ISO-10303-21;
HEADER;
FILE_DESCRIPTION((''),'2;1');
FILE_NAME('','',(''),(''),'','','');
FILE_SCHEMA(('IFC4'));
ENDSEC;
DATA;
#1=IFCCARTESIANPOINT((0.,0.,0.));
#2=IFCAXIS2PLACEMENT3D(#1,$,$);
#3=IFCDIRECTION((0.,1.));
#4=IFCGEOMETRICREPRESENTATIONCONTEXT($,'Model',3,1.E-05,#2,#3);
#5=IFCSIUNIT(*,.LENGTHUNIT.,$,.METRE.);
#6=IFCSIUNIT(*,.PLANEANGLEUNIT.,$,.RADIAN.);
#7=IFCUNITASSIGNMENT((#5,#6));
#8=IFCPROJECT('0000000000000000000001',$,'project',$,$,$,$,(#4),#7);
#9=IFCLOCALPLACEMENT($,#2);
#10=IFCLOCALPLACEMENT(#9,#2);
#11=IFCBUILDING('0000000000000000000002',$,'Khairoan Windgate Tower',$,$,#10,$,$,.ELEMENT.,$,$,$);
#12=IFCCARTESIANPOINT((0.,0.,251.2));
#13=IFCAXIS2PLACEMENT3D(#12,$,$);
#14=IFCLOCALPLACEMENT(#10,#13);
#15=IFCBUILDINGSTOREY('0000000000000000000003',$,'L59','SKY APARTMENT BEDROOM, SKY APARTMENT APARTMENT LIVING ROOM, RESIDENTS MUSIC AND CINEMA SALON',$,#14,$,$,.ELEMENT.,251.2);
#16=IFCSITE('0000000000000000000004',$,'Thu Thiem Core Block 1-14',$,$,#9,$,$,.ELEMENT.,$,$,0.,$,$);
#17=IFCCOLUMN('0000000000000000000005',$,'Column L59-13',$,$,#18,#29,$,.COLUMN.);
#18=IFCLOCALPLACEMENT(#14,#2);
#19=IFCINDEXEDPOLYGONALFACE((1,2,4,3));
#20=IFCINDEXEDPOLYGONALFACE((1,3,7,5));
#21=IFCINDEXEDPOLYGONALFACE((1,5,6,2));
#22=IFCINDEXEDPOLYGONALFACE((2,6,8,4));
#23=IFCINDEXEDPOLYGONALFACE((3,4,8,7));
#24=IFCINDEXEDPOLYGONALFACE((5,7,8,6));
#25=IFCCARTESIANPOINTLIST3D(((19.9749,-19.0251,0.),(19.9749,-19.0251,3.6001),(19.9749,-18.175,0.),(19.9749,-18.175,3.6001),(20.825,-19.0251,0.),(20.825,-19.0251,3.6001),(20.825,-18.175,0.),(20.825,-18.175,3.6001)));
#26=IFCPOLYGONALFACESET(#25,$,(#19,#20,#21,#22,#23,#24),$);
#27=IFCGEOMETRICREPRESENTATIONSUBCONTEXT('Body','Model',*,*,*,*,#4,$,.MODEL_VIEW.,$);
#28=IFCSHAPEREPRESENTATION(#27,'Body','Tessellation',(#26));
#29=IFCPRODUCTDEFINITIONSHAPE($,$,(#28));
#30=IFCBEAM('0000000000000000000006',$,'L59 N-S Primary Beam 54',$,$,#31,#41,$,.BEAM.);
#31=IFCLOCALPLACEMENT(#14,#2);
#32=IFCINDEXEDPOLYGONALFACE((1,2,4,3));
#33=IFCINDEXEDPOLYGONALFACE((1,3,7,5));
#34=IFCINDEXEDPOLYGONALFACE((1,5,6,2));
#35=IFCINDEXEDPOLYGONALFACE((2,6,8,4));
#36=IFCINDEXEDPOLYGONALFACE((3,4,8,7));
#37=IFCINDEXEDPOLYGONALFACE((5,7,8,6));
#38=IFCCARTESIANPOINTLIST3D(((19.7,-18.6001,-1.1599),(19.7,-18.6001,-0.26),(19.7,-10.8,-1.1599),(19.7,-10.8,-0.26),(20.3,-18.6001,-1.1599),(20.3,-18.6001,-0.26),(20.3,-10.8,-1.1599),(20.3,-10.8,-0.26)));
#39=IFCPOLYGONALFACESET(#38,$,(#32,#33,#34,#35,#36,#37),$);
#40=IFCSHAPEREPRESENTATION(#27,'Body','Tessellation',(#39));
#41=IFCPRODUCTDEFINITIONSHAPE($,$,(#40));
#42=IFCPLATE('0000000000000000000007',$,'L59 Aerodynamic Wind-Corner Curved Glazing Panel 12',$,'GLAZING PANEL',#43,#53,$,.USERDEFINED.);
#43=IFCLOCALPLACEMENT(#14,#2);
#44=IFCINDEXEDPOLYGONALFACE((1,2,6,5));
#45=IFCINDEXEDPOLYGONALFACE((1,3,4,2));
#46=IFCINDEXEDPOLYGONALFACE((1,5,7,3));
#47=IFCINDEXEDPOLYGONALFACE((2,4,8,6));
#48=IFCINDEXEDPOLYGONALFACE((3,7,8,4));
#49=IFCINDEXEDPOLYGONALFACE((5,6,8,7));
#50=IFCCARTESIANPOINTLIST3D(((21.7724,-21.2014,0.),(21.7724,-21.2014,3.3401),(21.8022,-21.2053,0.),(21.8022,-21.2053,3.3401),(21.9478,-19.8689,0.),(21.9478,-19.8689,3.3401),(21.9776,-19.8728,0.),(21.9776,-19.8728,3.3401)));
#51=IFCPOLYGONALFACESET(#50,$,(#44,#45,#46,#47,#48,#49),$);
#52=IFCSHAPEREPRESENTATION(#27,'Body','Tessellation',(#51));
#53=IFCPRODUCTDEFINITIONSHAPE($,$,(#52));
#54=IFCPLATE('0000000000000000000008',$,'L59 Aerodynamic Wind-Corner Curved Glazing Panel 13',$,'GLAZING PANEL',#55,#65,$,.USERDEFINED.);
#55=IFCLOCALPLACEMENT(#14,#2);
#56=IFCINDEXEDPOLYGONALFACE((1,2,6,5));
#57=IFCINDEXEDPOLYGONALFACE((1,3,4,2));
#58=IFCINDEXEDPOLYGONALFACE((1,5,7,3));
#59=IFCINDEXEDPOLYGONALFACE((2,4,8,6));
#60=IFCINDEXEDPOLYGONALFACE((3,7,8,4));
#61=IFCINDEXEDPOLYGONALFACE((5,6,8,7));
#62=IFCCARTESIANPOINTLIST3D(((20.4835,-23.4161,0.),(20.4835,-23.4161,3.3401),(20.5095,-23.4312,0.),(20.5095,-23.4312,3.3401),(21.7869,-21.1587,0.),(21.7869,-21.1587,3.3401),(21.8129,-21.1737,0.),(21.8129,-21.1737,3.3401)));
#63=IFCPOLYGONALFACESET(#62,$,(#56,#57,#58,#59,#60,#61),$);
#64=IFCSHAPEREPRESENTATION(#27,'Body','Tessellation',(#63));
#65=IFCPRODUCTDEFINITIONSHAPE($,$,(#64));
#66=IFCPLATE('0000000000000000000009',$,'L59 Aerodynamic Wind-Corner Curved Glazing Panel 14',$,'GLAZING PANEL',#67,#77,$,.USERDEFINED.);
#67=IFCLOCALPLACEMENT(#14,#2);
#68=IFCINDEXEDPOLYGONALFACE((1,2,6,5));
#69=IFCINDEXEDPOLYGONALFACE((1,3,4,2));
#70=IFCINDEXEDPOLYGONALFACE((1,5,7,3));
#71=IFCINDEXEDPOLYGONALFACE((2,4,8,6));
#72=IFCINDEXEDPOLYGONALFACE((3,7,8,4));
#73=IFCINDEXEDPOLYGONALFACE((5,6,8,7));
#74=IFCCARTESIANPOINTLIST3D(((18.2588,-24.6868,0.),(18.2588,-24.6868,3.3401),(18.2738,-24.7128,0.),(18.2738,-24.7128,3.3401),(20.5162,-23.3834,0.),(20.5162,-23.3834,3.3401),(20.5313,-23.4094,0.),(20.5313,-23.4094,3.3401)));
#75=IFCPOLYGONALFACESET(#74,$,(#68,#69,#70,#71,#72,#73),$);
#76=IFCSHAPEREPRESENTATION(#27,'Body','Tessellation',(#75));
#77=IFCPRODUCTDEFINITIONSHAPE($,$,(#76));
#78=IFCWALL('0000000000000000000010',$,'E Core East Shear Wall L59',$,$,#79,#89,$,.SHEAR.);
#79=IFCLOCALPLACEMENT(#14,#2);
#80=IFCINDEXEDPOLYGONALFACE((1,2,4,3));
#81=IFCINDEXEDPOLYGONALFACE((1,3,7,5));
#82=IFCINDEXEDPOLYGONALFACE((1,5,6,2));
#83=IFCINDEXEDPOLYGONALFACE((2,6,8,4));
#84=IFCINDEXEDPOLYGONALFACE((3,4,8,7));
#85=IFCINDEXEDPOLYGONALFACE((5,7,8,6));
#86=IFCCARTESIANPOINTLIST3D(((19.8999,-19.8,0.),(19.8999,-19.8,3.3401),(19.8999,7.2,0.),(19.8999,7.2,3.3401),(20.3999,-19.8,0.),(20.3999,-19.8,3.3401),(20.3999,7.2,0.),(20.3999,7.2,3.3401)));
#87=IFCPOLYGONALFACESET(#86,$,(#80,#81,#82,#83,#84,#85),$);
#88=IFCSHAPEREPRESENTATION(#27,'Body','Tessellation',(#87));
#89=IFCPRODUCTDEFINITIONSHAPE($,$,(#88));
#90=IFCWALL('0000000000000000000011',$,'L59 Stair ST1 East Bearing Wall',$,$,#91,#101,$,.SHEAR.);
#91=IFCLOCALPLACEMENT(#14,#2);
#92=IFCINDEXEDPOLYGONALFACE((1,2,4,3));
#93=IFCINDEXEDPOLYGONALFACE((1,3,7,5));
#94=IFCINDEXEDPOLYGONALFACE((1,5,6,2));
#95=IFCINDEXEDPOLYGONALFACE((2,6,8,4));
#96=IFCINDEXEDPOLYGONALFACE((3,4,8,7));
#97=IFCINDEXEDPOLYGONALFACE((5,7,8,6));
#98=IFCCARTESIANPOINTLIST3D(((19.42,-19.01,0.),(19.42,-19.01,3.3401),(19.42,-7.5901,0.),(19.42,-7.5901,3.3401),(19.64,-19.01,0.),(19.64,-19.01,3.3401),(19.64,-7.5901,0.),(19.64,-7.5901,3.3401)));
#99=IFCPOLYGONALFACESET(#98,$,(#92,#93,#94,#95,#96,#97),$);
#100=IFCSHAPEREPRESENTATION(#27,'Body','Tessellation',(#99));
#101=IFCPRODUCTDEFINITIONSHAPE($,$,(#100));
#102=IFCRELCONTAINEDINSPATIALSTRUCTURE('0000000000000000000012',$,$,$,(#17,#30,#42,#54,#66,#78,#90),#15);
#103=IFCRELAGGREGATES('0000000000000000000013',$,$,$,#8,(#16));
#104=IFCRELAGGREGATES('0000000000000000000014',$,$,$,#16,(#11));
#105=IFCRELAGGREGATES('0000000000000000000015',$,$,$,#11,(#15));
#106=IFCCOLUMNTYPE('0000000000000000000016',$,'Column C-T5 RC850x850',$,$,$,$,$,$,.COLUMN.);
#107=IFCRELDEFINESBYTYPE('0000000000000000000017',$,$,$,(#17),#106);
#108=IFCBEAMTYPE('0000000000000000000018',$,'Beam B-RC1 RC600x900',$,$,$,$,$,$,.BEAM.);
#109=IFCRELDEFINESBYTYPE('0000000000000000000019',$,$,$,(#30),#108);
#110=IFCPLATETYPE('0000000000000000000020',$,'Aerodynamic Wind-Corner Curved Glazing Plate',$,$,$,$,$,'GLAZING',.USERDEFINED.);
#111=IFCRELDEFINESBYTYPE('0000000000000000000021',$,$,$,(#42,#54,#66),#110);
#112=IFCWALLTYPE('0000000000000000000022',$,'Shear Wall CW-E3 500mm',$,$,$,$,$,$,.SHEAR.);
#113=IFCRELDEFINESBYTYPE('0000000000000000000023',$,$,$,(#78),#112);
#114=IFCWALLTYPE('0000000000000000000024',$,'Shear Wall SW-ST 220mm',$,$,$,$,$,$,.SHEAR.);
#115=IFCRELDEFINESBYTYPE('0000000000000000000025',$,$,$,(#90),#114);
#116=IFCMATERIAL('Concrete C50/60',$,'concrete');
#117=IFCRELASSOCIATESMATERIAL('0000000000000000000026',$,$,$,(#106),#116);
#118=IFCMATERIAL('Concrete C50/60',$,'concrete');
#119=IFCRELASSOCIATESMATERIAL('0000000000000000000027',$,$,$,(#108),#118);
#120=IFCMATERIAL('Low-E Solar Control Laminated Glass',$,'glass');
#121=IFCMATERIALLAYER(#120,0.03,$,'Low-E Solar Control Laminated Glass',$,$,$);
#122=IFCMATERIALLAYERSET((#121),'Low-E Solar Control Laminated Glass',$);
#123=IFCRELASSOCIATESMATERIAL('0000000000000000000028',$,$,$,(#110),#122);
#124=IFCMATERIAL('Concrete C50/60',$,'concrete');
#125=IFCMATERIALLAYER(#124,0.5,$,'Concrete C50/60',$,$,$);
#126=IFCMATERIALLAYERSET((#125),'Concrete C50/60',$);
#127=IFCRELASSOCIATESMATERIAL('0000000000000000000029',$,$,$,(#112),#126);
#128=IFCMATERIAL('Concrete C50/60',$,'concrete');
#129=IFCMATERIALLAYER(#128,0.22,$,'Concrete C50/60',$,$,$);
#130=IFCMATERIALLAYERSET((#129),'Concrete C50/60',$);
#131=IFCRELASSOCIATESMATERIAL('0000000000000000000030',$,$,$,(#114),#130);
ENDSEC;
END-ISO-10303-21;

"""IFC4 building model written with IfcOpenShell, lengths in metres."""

from ifc_helpers import new_model, si_unit, direction, frame, frame_2d, origin, origin_2d, place, context, subcontext, project, spatial, rectangle, extrude, material, layer, layer_set, material_profile, profile_set, type_object, element, save


model = new_model("IFC4")

# Units and contexts
model_context = context("Model", 3, precision=1e-05, world=origin(), true_north=direction((0.0, 1.0)))
body_context = subcontext(model_context, "Body", "Model", "MODEL_VIEW")
ifc_project = project(units=[si_unit("LENGTHUNIT", "METRE"), si_unit("PLANEANGLEUNIT", "RADIAN")], contexts=[model_context])

# Site, building, storey
site_placement = place(None, origin())
site = spatial("IfcSite", under=ifc_project, at=site_placement, Name="Thu Thiem Core Block 1-14", CompositionType="ELEMENT", RefElevation=0.0)
building_placement = place(site_placement, origin())
building = spatial("IfcBuilding", under=site, at=building_placement, Name="Khairoan Windgate Tower", CompositionType="ELEMENT")
storey_placement = place(building_placement, frame((0.0, 0.0, 251.2)))
storey = spatial("IfcBuildingStorey", under=building, at=storey_placement, Name="L59", Description="SKY APARTMENT BEDROOM, SKY APARTMENT APARTMENT LIVING ROOM, RESIDENTS MUSIC AND CINEMA SALON", CompositionType="ELEMENT", Elevation=251.2)

# Column
ifc_material_1 = material(Name="Concrete C50/60", Category="concrete")
ifc_material_profile_1 = material_profile(ifc_material_1, rectangle(XDim=0.8501, YDim=0.8501, at=origin_2d()))
ifc_profile_set_1 = profile_set([ifc_material_profile_1], Name="Concrete C50/60")
column_type = type_object("IfcColumnType", Name="Column C-T5 RC850x850", PredefinedType="COLUMN", material=ifc_profile_set_1)
column_placement = place(storey_placement, frame((20.3999, -18.6001, 0.0), z_axis=(0.0, 0.0, 1.0), x_axis=(1.0, 0.0, 0.0)))
element("IfcColumn", 1, at=column_placement, inside=storey, type_object=column_type, Name="Column L59-13", PredefinedType="COLUMN", context=body_context, shape_type="SweptSolid", body=[
    extrude(rectangle(XDim=0.8501, YDim=0.8501, at=origin_2d()), origin(), (0.0, 0.0, 1.0), 3.6001),
])

# Beam
ifc_material_2 = material(Name="Concrete C50/60", Category="concrete")
ifc_material_profile_2 = material_profile(ifc_material_2, rectangle(XDim=0.6001, YDim=0.8999, at=origin_2d()))
ifc_profile_set_2 = profile_set([ifc_material_profile_2], Name="Concrete C50/60")
beam_type = type_object("IfcBeamType", Name="Beam B-RC1 RC600x900", PredefinedType="BEAM", material=ifc_profile_set_2)
beam_placement = place(storey_placement, frame((20.0, -18.6001, -0.71), z_axis=(0.0, 1.0, 0.0), x_axis=(-1.0, 0.0, 0.0)))
element("IfcBeam", 2, at=beam_placement, inside=storey, type_object=beam_type, Name="L59 N-S Primary Beam 54", PredefinedType="BEAM", context=body_context, shape_type="SweptSolid", body=[
    extrude(rectangle(XDim=0.6001, YDim=0.8999, at=origin_2d()), origin(), (0.0, 0.0, 1.0), 7.8),
])

# Plates
ifc_material_3 = material(Name="Low-E Solar Control Laminated Glass", Category="glass")
ifc_layer_1 = layer(ifc_material_3, 0.03, Name="Low-E Solar Control Laminated Glass")
ifc_layer_set_1 = layer_set([ifc_layer_1], Name="Low-E Solar Control Laminated Glass")
plate_type_1 = type_object("IfcPlateType", Name="Aerodynamic Wind-Corner Curved Glazing Plate", ElementType="GLAZING", PredefinedType="USERDEFINED", material=ifc_layer_set_1)
plate_1_placement = place(storey_placement, frame((21.875, -20.5371, 0.0), z_axis=(0.0, 0.0, 1.0), x_axis=(-0.130526, -0.991445, 0.0)))
element("IfcPlate", 3, at=plate_1_placement, inside=storey, type_object=plate_type_1, Name="L59 Aerodynamic Wind-Corner Curved Glazing Panel 12", ObjectType="GLAZING PANEL", PredefinedType="USERDEFINED", context=body_context, shape_type="SweptSolid", body=[
    extrude(rectangle(XDim=1.344, YDim=0.03, at=origin_2d()), origin(), (0.0, 0.0, 1.0), 3.3401),
])
for number, where, z_axis, x_axis, name in (
    (4, (21.1482, -22.2949, 0.0), (0.0, 0.0, 1.0), (-0.5, -0.866025, 0.0), "L59 Aerodynamic Wind-Corner Curved Glazing Panel 13"),
    (5, (19.395, -24.0481, 0.0), (0.0, 0.0, 1.0), (-0.866025, -0.5, 0.0), "L59 Aerodynamic Wind-Corner Curved Glazing Panel 14"),
):
    element("IfcPlate", number, at=place(storey_placement, frame(where, z_axis=z_axis, x_axis=x_axis)), inside=storey, type_object=plate_type_1, Name=name, ObjectType="GLAZING PANEL", PredefinedType="USERDEFINED", context=body_context, shape_type="SweptSolid", body=[
        extrude(rectangle(XDim=2.6067, YDim=0.03, at=origin_2d()), origin(), (0.0, 0.0, 1.0), 3.3401),
    ])

# Walls
ifc_material_4 = material(Name="Concrete C50/60", Category="concrete")
ifc_layer_2 = layer(ifc_material_4, 0.5, Name="Concrete C50/60")
ifc_layer_set_2 = layer_set([ifc_layer_2], Name="Concrete C50/60")
wall_type_1 = type_object("IfcWallType", Name="Shear Wall CW-E3 500mm", PredefinedType="SHEAR", material=ifc_layer_set_2)
wall_1_placement = place(storey_placement, frame((20.1499, -19.8, 0.0), z_axis=(0.0, 0.0, 1.0), x_axis=(0.0, 1.0, 0.0)))
element("IfcWall", 6, at=wall_1_placement, inside=storey, type_object=wall_type_1, Name="E Core East Shear Wall L59", PredefinedType="SHEAR", context=body_context, shape_type="SweptSolid", body=[
    extrude(rectangle(XDim=27.0, YDim=0.5, at=frame_2d((13.5, 0.0))), origin(), (0.0, 0.0, 1.0), 3.3401),
])
ifc_material_5 = material(Name="Concrete C50/60", Category="concrete")
ifc_layer_3 = layer(ifc_material_5, 0.22, Name="Concrete C50/60")
ifc_layer_set_3 = layer_set([ifc_layer_3], Name="Concrete C50/60")
wall_type_2 = type_object("IfcWallType", Name="Shear Wall SW-ST 220mm", PredefinedType="SHEAR", material=ifc_layer_set_3)
wall_2_placement = place(storey_placement, frame((19.53, -19.01, 0.0), z_axis=(0.0, 0.0, 1.0), x_axis=(0.0, 1.0, 0.0)))
element("IfcWall", 7, at=wall_2_placement, inside=storey, type_object=wall_type_2, Name="L59 Stair ST1 East Bearing Wall", PredefinedType="SHEAR", context=body_context, shape_type="SweptSolid", body=[
    extrude(rectangle(XDim=11.4199, YDim=0.22, at=frame_2d((5.71, 0.0))), origin(), (0.0, 0.0, 1.0), 3.3401),
])

save(model, "model.ifc")
